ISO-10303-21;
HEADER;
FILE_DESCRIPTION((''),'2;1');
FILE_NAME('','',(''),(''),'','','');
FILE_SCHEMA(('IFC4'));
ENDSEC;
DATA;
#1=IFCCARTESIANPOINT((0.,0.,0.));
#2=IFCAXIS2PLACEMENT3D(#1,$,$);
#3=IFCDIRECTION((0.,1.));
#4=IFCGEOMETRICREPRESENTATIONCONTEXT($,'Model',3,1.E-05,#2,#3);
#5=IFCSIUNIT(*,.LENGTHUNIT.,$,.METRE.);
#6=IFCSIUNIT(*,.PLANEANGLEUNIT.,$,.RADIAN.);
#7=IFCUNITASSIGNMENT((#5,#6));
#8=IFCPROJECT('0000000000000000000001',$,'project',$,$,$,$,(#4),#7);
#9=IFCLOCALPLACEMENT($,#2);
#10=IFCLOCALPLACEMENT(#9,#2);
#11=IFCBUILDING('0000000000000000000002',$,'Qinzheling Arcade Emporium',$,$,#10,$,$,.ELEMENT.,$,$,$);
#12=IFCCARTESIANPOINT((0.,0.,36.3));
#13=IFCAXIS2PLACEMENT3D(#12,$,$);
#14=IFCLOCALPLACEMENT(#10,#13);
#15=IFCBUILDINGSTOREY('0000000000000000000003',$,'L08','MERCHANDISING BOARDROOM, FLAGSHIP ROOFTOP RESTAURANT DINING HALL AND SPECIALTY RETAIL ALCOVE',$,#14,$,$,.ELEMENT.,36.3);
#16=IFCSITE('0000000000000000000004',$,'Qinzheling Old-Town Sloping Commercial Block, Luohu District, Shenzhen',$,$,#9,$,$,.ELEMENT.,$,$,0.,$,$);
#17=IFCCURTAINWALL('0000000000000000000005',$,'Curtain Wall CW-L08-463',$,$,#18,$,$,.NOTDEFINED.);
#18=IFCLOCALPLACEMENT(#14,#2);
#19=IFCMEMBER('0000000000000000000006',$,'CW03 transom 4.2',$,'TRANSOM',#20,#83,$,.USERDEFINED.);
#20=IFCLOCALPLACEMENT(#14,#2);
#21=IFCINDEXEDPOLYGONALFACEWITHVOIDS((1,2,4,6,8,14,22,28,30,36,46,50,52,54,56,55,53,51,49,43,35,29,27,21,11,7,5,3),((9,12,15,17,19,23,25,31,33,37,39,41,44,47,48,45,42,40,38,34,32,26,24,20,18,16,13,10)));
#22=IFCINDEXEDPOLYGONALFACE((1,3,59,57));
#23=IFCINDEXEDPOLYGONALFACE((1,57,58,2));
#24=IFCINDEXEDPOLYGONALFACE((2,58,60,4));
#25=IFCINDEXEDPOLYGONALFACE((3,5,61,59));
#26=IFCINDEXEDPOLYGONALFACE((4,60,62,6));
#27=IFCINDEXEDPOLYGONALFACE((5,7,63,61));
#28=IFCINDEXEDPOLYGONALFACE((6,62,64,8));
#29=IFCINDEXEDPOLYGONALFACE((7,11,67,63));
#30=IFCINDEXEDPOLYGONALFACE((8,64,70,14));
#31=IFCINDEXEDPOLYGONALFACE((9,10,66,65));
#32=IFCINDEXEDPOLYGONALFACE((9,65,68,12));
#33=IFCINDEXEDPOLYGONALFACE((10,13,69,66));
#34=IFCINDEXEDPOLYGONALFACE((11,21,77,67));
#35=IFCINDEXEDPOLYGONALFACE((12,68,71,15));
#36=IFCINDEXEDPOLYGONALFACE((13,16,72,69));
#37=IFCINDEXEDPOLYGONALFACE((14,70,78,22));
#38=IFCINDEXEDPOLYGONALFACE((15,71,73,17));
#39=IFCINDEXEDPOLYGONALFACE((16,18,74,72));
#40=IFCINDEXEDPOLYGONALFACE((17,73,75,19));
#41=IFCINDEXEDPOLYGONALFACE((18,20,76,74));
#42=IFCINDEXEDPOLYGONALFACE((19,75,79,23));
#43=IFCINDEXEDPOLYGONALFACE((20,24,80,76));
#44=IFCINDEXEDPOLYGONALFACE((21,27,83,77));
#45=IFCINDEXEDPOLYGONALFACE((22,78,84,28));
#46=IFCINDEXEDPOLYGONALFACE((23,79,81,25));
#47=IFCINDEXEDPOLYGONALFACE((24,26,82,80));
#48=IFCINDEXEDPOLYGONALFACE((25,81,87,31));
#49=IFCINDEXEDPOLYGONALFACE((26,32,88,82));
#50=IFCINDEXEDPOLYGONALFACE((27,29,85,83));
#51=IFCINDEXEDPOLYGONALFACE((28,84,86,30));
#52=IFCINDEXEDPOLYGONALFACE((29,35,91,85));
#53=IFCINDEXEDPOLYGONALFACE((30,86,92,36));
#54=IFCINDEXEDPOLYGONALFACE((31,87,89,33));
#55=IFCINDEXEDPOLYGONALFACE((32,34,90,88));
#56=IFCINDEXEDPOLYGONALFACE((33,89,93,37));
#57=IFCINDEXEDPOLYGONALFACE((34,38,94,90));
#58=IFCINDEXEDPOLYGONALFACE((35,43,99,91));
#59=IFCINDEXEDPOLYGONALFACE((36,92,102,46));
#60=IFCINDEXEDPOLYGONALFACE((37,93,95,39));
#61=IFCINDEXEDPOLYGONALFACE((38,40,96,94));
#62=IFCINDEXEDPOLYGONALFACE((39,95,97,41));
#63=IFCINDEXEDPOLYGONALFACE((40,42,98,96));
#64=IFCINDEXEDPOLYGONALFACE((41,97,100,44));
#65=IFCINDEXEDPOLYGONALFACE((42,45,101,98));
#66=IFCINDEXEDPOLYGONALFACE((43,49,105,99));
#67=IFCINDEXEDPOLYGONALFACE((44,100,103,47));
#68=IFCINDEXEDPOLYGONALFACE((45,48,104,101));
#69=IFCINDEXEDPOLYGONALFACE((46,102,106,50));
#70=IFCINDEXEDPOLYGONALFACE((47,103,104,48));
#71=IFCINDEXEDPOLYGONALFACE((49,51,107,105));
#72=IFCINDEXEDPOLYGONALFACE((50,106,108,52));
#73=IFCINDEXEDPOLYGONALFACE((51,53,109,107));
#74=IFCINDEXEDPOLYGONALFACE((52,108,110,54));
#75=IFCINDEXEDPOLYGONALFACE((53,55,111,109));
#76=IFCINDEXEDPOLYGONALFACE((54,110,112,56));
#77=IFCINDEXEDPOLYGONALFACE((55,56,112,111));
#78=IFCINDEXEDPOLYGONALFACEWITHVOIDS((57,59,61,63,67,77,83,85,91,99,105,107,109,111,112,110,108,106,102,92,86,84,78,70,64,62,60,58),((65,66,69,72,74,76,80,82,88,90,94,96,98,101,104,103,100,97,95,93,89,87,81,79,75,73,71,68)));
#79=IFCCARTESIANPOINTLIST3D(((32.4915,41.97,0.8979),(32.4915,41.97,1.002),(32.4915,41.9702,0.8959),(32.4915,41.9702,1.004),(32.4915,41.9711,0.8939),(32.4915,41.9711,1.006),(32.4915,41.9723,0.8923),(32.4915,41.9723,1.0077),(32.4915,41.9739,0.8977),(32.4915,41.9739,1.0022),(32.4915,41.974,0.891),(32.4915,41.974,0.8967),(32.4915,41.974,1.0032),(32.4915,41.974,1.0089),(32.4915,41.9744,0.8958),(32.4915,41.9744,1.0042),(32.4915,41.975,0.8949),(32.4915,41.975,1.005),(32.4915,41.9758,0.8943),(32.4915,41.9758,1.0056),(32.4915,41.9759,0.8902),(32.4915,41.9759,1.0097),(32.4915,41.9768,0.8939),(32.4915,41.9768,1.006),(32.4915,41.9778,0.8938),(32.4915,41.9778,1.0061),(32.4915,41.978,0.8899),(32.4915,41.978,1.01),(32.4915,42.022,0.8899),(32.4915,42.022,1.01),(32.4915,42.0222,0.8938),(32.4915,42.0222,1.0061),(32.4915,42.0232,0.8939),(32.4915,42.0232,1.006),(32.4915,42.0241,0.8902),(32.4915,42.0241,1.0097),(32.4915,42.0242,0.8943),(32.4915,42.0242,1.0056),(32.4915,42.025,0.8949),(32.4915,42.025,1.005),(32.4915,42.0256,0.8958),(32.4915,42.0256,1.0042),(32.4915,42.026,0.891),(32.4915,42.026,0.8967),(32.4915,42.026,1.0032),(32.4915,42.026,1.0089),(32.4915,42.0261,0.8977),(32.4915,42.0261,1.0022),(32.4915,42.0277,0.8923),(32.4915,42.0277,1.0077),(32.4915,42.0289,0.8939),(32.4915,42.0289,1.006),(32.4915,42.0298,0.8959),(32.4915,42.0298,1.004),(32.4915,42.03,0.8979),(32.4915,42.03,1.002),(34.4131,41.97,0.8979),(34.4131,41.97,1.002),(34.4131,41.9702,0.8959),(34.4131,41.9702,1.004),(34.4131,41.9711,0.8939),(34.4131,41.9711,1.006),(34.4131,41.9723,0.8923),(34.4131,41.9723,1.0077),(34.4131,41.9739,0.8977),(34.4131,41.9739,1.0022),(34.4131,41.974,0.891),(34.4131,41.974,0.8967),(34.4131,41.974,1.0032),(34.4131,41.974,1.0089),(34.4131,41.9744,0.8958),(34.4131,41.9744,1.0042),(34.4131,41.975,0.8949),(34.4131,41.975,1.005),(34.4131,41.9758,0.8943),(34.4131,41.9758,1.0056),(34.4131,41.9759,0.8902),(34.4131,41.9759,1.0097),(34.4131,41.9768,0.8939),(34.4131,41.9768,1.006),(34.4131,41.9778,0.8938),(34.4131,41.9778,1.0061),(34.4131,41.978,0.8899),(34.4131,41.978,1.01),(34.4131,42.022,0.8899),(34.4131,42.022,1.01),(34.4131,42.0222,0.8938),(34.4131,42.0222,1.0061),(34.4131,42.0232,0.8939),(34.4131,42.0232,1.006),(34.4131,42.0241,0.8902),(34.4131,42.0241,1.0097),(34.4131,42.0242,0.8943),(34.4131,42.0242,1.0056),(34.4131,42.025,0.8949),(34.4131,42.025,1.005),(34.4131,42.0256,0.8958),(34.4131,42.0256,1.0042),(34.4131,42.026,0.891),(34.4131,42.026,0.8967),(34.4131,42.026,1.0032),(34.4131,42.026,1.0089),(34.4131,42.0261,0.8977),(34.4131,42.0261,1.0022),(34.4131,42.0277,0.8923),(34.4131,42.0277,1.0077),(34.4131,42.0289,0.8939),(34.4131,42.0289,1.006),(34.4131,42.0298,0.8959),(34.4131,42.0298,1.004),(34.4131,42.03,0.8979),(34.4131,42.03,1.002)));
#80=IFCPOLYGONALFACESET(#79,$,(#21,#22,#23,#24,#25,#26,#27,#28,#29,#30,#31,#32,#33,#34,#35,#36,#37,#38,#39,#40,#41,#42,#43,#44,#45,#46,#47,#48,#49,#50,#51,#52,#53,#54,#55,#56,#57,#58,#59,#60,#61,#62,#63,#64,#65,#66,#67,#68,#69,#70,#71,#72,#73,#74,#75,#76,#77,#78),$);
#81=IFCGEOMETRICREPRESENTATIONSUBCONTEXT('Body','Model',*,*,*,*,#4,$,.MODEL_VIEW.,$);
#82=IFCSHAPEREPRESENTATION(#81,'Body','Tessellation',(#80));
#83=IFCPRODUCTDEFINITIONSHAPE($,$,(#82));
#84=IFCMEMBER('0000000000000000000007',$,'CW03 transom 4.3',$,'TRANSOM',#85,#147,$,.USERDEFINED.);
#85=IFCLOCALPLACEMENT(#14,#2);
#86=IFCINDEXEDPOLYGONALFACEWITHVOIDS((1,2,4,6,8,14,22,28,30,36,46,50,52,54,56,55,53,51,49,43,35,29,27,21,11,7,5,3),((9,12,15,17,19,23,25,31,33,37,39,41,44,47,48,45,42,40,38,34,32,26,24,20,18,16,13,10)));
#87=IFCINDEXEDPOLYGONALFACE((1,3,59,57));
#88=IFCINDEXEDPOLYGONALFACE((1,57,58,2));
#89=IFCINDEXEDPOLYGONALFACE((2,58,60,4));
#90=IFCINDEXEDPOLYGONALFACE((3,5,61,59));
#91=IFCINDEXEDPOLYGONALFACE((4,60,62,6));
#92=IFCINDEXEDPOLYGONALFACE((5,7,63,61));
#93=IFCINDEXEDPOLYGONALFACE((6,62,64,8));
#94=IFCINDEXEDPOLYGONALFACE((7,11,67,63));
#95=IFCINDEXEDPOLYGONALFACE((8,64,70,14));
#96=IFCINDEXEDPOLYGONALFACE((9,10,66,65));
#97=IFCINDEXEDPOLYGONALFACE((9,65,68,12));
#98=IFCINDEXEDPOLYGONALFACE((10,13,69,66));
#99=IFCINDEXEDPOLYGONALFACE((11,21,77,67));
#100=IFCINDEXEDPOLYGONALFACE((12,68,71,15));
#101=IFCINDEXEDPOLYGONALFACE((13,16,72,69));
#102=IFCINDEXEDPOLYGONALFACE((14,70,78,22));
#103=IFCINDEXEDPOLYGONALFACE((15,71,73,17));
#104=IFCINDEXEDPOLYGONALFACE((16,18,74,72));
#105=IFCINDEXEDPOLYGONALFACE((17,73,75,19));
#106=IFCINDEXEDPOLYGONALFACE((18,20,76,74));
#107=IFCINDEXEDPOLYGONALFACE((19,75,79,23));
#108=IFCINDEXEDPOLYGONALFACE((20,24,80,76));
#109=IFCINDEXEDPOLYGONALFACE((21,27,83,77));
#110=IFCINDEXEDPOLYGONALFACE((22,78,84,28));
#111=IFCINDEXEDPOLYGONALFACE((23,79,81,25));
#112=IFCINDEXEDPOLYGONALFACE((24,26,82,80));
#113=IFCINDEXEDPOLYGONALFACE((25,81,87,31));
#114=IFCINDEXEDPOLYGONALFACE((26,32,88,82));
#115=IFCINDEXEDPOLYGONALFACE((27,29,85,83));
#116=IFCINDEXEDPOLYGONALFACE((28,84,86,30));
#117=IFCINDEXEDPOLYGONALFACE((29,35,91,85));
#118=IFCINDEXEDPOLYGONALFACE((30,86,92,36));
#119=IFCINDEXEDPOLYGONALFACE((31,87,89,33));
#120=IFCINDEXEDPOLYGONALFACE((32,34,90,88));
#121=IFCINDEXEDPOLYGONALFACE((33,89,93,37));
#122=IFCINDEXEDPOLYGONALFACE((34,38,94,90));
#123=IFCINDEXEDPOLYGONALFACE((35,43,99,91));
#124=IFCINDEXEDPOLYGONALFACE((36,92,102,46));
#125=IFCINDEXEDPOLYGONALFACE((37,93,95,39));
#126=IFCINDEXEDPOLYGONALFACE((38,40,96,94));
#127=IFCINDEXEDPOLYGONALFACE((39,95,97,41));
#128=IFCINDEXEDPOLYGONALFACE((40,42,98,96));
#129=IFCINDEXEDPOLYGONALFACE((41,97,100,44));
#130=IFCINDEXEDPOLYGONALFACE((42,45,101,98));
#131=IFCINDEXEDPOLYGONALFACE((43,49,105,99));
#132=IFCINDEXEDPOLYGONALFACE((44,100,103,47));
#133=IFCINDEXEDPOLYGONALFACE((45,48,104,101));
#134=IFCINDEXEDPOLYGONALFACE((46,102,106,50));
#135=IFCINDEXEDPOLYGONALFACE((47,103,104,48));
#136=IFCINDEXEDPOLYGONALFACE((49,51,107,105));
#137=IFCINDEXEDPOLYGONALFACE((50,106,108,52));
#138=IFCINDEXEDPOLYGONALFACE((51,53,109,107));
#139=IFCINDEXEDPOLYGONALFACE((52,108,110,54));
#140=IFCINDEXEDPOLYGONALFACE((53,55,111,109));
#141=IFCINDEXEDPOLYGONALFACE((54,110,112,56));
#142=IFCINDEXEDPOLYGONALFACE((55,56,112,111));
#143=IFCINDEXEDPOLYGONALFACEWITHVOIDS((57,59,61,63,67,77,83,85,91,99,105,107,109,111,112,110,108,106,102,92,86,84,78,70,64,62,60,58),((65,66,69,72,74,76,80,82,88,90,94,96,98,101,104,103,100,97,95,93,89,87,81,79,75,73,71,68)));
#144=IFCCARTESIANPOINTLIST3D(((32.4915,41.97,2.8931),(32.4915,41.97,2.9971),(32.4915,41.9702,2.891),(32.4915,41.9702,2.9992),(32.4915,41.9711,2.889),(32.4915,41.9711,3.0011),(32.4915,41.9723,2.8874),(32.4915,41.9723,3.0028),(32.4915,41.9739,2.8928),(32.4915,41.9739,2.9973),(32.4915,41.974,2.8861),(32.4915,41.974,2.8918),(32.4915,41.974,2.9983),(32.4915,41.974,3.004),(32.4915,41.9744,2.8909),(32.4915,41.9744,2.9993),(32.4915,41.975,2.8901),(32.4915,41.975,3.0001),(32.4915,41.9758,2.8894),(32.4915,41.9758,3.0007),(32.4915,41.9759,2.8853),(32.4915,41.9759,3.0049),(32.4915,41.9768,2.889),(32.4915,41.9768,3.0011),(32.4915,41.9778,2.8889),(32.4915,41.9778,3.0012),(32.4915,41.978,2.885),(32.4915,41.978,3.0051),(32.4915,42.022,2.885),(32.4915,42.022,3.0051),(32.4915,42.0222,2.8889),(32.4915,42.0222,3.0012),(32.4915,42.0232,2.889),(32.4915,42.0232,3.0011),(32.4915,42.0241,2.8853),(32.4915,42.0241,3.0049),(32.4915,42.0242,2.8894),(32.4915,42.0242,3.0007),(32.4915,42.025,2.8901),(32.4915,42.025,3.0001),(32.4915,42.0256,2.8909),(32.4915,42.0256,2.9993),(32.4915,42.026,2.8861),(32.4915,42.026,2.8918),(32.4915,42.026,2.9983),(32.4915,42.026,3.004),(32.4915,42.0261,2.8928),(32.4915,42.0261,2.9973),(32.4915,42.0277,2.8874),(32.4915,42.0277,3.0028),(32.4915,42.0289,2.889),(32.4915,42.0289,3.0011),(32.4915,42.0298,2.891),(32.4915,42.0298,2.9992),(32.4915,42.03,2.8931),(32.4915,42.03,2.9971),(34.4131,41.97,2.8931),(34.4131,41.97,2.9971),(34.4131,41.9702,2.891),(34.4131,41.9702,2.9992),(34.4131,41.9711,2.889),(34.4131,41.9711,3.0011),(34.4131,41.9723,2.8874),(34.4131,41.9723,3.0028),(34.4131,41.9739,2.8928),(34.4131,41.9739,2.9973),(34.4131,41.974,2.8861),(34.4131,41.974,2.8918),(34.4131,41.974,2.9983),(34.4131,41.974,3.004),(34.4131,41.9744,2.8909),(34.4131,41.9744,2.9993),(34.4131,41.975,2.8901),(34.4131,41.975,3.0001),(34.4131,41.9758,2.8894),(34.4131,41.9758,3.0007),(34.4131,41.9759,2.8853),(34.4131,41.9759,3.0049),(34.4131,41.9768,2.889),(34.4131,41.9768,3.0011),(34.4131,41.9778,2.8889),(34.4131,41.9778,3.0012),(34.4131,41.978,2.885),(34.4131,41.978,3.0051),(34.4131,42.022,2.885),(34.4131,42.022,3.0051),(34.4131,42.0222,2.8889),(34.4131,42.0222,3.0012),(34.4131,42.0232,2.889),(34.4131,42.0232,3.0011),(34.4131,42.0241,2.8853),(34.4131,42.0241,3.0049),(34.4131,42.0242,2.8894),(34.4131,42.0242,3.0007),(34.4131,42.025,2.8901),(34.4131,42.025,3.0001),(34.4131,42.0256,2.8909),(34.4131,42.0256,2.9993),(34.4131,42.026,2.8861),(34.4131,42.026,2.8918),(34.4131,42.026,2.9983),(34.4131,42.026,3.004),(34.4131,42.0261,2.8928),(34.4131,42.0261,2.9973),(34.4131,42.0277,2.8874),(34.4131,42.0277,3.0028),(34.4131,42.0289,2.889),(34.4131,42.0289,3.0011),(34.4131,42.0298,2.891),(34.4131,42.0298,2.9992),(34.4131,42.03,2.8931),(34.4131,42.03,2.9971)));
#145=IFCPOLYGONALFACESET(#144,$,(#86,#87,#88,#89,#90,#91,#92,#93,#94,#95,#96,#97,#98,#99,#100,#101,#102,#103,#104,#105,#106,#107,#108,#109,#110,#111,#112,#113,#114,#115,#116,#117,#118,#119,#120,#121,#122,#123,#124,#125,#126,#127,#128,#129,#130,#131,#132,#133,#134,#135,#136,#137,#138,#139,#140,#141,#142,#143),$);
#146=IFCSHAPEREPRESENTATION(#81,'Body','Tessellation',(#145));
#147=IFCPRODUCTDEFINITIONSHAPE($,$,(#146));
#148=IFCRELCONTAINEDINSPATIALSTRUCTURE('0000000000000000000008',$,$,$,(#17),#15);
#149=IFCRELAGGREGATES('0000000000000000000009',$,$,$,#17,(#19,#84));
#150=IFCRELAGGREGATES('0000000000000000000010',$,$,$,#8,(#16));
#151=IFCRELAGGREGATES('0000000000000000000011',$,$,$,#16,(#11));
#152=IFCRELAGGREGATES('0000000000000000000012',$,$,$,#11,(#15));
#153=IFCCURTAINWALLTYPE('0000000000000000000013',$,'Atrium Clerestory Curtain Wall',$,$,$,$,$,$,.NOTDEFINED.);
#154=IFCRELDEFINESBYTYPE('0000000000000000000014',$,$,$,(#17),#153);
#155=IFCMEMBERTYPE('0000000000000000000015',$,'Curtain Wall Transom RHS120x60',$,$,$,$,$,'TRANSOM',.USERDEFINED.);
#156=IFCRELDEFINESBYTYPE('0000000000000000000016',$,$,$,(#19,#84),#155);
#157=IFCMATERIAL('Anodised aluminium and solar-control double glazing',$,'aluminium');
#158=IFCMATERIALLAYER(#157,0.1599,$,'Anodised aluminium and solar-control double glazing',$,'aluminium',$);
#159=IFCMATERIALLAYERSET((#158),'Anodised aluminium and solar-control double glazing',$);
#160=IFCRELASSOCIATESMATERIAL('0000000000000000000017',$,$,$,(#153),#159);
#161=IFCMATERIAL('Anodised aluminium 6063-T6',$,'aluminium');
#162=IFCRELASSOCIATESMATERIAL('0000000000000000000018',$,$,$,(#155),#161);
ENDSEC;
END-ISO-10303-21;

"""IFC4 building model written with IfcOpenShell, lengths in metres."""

from ifc_helpers import new_model, si_unit, direction, frame, origin, origin_2d, place, context, subcontext, project, spatial, hollow_rectangle, extrude, material, layer, layer_set, material_profile, profile_set, type_object, element, aggregate, save


model = new_model("IFC4")

# Units and contexts
model_context = context("Model", 3, precision=1e-05, world=origin(), true_north=direction((0.0, 1.0)))
body_context = subcontext(model_context, "Body", "Model", "MODEL_VIEW")
ifc_project = project(units=[si_unit("LENGTHUNIT", "METRE"), si_unit("PLANEANGLEUNIT", "RADIAN")], contexts=[model_context])

# Site, building, storey
site_placement = place(None, origin())
site = spatial("IfcSite", under=ifc_project, at=site_placement, Name="Qinzheling Old-Town Sloping Commercial Block, Luohu District, Shenzhen", CompositionType="ELEMENT", RefElevation=0.0)
building_placement = place(site_placement, origin())
building = spatial("IfcBuilding", under=site, at=building_placement, Name="Qinzheling Arcade Emporium", CompositionType="ELEMENT")
storey_placement = place(building_placement, frame((0.0, 0.0, 36.3)))
storey = spatial("IfcBuildingStorey", under=building, at=storey_placement, Name="L08", Description="MERCHANDISING BOARDROOM, FLAGSHIP ROOFTOP RESTAURANT DINING HALL AND SPECIALTY RETAIL ALCOVE", CompositionType="ELEMENT", Elevation=36.3)

# Curtain wall
ifc_material_1 = material(Name="Anodised aluminium and solar-control double glazing", Category="aluminium")
ifc_layer_1 = layer(ifc_material_1, 0.1599, Name="Anodised aluminium and solar-control double glazing", Category="aluminium")
ifc_layer_set_1 = layer_set([ifc_layer_1], Name="Anodised aluminium and solar-control double glazing")
curtain_wall_type = type_object("IfcCurtainWallType", Name="Atrium Clerestory Curtain Wall", PredefinedType="NOTDEFINED", material=ifc_layer_set_1)
curtain_wall_1_placement = place(storey_placement, origin())
curtain_wall_1 = element("IfcCurtainWall", 1, at=curtain_wall_1_placement, inside=storey, type_object=curtain_wall_type, Name="Curtain Wall CW-L08-463", PredefinedType="NOTDEFINED")
ifc_material_2 = material(Name="Anodised aluminium 6063-T6", Category="aluminium")

# Members
ifc_material_profile_1 = material_profile(ifc_material_2, hollow_rectangle(XDim=0.0601, YDim=0.1201, WallThickness=0.0039, InnerFilletRadius=0.0039, OuterFilletRadius=0.0081, at=origin_2d()), Name="RHS 120x60x4", Category="aluminium")
ifc_profile_set_1 = profile_set([ifc_material_profile_1], Name="Anodised aluminium 6063-T6")
member_type_1 = type_object("IfcMemberType", Name="Curtain Wall Transom RHS120x60", ElementType="TRANSOM", PredefinedType="USERDEFINED", material=ifc_profile_set_1)
member_1_placement = place(storey_placement, frame((32.4915, 42.0, 0.95), z_axis=(1.0, 0.0, 0.0), x_axis=(0.0, 1.0, 0.0)))
member_1 = element("IfcMember", 2, at=member_1_placement, type_object=member_type_1, Name="CW03 transom 4.2", ObjectType="TRANSOM", PredefinedType="USERDEFINED", context=body_context, shape_type="SweptSolid", body=[
    extrude(hollow_rectangle(XDim=0.0601, YDim=0.1201, WallThickness=0.0039, InnerFilletRadius=0.0039, OuterFilletRadius=0.0081, at=origin_2d()), origin(), (0.0, 0.0, 1.0), 1.9216),
])
member_2_placement = place(storey_placement, frame((32.4915, 42.0, 2.9451), z_axis=(1.0, 0.0, 0.0), x_axis=(0.0, 1.0, 0.0)))
member_2 = element("IfcMember", 3, at=member_2_placement, type_object=member_type_1, Name="CW03 transom 4.3", ObjectType="TRANSOM", PredefinedType="USERDEFINED", context=body_context, shape_type="SweptSolid", body=[
    extrude(hollow_rectangle(XDim=0.0601, YDim=0.1201, WallThickness=0.0039, InnerFilletRadius=0.0039, OuterFilletRadius=0.0081, at=origin_2d()), origin(), (0.0, 0.0, 1.0), 1.9216),
])

aggregate(curtain_wall_1, [member_1, member_2])

save(model, "model.ifc")
